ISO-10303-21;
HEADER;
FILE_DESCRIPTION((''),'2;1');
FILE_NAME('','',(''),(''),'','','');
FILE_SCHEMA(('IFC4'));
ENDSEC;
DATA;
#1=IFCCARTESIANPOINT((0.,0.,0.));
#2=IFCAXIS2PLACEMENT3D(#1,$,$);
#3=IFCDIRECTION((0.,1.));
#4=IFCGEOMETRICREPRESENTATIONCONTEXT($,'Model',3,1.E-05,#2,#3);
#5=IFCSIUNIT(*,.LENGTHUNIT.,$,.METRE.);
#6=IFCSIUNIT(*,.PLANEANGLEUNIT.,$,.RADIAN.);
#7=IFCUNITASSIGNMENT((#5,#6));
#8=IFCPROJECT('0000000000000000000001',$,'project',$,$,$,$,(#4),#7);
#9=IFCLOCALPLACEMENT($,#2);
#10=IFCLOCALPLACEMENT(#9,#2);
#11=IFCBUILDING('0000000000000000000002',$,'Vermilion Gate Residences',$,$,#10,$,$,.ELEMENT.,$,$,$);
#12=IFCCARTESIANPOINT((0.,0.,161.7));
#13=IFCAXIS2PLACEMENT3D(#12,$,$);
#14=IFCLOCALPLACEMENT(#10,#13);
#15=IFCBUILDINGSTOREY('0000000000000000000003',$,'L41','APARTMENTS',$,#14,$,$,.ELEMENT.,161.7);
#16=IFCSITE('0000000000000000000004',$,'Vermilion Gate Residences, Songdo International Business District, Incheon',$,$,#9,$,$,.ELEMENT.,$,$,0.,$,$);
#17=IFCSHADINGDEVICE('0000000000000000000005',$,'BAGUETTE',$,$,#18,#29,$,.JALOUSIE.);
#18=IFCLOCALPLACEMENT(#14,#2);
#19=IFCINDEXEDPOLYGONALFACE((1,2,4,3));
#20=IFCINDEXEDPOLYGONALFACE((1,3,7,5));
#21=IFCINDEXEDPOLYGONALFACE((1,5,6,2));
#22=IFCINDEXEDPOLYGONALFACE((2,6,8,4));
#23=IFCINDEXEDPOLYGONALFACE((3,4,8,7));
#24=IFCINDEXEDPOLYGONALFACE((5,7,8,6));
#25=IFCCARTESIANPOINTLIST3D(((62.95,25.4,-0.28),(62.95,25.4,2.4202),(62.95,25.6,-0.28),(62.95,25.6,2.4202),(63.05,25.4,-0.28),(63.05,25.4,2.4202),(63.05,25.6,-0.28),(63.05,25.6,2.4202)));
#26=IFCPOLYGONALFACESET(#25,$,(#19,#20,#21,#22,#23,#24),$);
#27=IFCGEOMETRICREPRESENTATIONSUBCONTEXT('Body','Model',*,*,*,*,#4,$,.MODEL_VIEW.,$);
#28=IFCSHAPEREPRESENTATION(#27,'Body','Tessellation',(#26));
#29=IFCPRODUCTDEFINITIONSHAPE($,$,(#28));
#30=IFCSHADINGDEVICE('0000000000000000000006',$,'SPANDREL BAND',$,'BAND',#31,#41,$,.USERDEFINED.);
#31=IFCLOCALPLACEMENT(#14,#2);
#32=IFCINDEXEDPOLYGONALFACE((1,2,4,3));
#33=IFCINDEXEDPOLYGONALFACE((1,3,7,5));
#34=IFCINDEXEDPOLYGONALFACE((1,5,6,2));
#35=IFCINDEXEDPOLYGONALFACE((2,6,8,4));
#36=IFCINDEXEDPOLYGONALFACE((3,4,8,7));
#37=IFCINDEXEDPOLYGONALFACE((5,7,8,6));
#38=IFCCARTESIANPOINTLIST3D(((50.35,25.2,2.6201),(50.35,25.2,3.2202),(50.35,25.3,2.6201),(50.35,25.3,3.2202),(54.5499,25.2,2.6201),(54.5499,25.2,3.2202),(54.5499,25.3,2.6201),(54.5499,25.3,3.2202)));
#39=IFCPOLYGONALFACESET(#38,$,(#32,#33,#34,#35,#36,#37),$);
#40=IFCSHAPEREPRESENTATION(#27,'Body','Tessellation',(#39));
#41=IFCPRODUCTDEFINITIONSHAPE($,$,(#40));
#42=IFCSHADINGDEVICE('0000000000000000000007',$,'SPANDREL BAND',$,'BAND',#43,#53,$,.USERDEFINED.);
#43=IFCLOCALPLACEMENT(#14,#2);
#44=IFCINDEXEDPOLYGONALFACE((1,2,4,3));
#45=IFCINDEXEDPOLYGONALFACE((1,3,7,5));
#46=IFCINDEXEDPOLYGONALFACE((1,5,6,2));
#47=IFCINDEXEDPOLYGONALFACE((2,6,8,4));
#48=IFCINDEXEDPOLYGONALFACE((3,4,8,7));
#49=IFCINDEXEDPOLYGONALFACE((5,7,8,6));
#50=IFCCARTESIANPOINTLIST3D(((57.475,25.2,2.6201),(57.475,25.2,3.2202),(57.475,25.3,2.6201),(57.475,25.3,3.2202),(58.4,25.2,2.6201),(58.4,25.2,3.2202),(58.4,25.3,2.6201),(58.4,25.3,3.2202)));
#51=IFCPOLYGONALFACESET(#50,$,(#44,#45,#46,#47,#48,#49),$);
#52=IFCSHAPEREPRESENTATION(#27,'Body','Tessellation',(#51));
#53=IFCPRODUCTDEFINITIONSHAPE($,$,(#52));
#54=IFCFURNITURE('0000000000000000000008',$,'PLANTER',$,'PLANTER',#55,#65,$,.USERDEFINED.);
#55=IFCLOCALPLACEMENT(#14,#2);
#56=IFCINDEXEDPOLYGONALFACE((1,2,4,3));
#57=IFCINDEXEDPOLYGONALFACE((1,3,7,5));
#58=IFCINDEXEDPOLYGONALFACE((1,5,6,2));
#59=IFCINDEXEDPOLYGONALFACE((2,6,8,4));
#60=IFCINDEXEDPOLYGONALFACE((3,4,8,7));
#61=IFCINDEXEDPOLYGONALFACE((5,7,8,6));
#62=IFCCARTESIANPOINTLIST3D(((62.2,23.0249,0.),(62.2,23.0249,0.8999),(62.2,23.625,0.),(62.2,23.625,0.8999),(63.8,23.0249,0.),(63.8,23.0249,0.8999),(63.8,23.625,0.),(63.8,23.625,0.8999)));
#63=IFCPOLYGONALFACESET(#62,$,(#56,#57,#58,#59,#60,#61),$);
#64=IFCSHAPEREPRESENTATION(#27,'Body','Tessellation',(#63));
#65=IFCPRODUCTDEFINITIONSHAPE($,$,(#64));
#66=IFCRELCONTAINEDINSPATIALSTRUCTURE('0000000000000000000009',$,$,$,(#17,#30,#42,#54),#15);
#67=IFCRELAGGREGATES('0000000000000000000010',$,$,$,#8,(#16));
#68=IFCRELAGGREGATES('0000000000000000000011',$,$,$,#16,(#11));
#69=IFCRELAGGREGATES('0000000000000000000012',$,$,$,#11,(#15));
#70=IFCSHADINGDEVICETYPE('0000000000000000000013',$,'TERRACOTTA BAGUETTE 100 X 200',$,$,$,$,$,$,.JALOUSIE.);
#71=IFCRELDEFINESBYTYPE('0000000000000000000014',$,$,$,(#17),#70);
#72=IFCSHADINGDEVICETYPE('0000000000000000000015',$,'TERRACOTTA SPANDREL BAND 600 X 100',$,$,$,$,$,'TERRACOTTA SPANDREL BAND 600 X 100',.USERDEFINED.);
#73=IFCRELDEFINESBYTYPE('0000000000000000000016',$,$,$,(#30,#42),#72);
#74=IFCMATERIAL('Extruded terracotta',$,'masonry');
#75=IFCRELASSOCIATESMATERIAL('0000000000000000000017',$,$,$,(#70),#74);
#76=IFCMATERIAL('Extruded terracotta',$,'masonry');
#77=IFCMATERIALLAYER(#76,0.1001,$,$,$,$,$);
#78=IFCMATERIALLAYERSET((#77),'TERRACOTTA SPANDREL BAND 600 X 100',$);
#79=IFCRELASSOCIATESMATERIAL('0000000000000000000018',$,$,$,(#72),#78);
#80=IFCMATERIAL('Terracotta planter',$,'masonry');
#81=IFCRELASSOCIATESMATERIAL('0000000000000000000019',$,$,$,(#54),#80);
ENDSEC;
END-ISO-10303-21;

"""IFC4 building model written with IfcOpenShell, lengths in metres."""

from ifc_helpers import new_model, si_unit, direction, frame, origin, origin_2d, place, context, subcontext, project, spatial, rectangle, extrude, material, layer, layer_set, material_profile, profile_set, type_object, element, save


model = new_model("IFC4")

# Units and contexts
model_context = context("Model", 3, precision=1e-05, world=origin(), true_north=direction((0.0, 1.0)))
body_context = subcontext(model_context, "Body", "Model", "MODEL_VIEW")
ifc_project = project(units=[si_unit("LENGTHUNIT", "METRE"), si_unit("PLANEANGLEUNIT", "RADIAN")], contexts=[model_context])

# Site, building, storey
site_placement = place(None, origin())
site = spatial("IfcSite", under=ifc_project, at=site_placement, Name="Vermilion Gate Residences, Songdo International Business District, Incheon", CompositionType="ELEMENT", RefElevation=0.0)
building_placement = place(site_placement, origin())
building = spatial("IfcBuilding", under=site, at=building_placement, Name="Vermilion Gate Residences", CompositionType="ELEMENT")
storey_placement = place(building_placement, frame((0.0, 0.0, 161.7)))
storey = spatial("IfcBuildingStorey", under=building, at=storey_placement, Name="L41", Description="APARTMENTS", CompositionType="ELEMENT", Elevation=161.7)

# Shading devices
ifc_material_1 = material(Name="Extruded terracotta", Category="masonry")
ifc_material_profile_1 = material_profile(ifc_material_1, rectangle(XDim=0.2, YDim=0.1001, at=origin_2d()), Name="BAGUETTE 100 X 200")
ifc_profile_set_1 = profile_set([ifc_material_profile_1], Name="Extruded terracotta")
shading_device_type_1 = type_object("IfcShadingDeviceType", Name="TERRACOTTA BAGUETTE 100 X 200", PredefinedType="JALOUSIE", material=ifc_profile_set_1)
for number, where, z_axis, x_axis, name in (
    (1, (63.0, 25.5, -0.28), (0.0, 0.0, 1.0), (0.0, -1.0, 0.0), "BAGUETTE"),
):
    element("IfcShadingDevice", number, at=place(storey_placement, frame(where, z_axis=z_axis, x_axis=x_axis)), inside=storey, type_object=shading_device_type_1, Name=name, PredefinedType="JALOUSIE", context=body_context, shape_type="SweptSolid", body=[
        extrude(rectangle(XDim=0.2, YDim=0.1001, at=origin_2d()), origin(), (0.0, 0.0, 1.0), 2.7002),
    ])
ifc_material_2 = material(Name="Extruded terracotta", Category="masonry")
ifc_layer_1 = layer(ifc_material_2, 0.1001)
ifc_layer_set_1 = layer_set([ifc_layer_1], Name="TERRACOTTA SPANDREL BAND 600 X 100")
shading_device_type_2 = type_object("IfcShadingDeviceType", Name="TERRACOTTA SPANDREL BAND 600 X 100", ElementType="TERRACOTTA SPANDREL BAND 600 X 100", PredefinedType="USERDEFINED", material=ifc_layer_set_1)
shading_device_1_placement = place(storey_placement, frame((52.45, 25.25, 2.6201), z_axis=(0.0, 0.0, 1.0), x_axis=(1.0, 0.0, 0.0)))
element("IfcShadingDevice", 2, at=shading_device_1_placement, inside=storey, type_object=shading_device_type_2, Name="SPANDREL BAND", ObjectType="BAND", PredefinedType="USERDEFINED", context=body_context, shape_type="SweptSolid", body=[
    extrude(rectangle(XDim=4.2, YDim=0.1001, at=origin_2d()), origin(), (0.0, 0.0, 1.0), 0.6001),
])
shading_device_2_placement = place(storey_placement, frame((57.9375, 25.25, 2.6201), z_axis=(0.0, 0.0, 1.0), x_axis=(1.0, 0.0, 0.0)))
element("IfcShadingDevice", 3, at=shading_device_2_placement, inside=storey, type_object=shading_device_type_2, Name="SPANDREL BAND", ObjectType="BAND", PredefinedType="USERDEFINED", context=body_context, shape_type="SweptSolid", body=[
    extrude(rectangle(XDim=0.925, YDim=0.1001, at=origin_2d()), origin(), (0.0, 0.0, 1.0), 0.6001),
])

# Furniture
ifc_material_3 = material(Name="Terracotta planter", Category="masonry")
furniture_placement = place(storey_placement, frame((63.0, 23.325, 0.0), z_axis=(0.0, 0.0, 1.0), x_axis=(-1.0, 0.0, 0.0)))
element("IfcFurniture", 4, at=furniture_placement, inside=storey, material=ifc_material_3, Name="PLANTER", ObjectType="PLANTER", PredefinedType="USERDEFINED", context=body_context, shape_type="SweptSolid", body=[
    extrude(rectangle(XDim=1.6001, YDim=0.6001, at=origin_2d()), origin(), (0.0, 0.0, 1.0), 0.8999),
])

save(model, "model.ifc")
